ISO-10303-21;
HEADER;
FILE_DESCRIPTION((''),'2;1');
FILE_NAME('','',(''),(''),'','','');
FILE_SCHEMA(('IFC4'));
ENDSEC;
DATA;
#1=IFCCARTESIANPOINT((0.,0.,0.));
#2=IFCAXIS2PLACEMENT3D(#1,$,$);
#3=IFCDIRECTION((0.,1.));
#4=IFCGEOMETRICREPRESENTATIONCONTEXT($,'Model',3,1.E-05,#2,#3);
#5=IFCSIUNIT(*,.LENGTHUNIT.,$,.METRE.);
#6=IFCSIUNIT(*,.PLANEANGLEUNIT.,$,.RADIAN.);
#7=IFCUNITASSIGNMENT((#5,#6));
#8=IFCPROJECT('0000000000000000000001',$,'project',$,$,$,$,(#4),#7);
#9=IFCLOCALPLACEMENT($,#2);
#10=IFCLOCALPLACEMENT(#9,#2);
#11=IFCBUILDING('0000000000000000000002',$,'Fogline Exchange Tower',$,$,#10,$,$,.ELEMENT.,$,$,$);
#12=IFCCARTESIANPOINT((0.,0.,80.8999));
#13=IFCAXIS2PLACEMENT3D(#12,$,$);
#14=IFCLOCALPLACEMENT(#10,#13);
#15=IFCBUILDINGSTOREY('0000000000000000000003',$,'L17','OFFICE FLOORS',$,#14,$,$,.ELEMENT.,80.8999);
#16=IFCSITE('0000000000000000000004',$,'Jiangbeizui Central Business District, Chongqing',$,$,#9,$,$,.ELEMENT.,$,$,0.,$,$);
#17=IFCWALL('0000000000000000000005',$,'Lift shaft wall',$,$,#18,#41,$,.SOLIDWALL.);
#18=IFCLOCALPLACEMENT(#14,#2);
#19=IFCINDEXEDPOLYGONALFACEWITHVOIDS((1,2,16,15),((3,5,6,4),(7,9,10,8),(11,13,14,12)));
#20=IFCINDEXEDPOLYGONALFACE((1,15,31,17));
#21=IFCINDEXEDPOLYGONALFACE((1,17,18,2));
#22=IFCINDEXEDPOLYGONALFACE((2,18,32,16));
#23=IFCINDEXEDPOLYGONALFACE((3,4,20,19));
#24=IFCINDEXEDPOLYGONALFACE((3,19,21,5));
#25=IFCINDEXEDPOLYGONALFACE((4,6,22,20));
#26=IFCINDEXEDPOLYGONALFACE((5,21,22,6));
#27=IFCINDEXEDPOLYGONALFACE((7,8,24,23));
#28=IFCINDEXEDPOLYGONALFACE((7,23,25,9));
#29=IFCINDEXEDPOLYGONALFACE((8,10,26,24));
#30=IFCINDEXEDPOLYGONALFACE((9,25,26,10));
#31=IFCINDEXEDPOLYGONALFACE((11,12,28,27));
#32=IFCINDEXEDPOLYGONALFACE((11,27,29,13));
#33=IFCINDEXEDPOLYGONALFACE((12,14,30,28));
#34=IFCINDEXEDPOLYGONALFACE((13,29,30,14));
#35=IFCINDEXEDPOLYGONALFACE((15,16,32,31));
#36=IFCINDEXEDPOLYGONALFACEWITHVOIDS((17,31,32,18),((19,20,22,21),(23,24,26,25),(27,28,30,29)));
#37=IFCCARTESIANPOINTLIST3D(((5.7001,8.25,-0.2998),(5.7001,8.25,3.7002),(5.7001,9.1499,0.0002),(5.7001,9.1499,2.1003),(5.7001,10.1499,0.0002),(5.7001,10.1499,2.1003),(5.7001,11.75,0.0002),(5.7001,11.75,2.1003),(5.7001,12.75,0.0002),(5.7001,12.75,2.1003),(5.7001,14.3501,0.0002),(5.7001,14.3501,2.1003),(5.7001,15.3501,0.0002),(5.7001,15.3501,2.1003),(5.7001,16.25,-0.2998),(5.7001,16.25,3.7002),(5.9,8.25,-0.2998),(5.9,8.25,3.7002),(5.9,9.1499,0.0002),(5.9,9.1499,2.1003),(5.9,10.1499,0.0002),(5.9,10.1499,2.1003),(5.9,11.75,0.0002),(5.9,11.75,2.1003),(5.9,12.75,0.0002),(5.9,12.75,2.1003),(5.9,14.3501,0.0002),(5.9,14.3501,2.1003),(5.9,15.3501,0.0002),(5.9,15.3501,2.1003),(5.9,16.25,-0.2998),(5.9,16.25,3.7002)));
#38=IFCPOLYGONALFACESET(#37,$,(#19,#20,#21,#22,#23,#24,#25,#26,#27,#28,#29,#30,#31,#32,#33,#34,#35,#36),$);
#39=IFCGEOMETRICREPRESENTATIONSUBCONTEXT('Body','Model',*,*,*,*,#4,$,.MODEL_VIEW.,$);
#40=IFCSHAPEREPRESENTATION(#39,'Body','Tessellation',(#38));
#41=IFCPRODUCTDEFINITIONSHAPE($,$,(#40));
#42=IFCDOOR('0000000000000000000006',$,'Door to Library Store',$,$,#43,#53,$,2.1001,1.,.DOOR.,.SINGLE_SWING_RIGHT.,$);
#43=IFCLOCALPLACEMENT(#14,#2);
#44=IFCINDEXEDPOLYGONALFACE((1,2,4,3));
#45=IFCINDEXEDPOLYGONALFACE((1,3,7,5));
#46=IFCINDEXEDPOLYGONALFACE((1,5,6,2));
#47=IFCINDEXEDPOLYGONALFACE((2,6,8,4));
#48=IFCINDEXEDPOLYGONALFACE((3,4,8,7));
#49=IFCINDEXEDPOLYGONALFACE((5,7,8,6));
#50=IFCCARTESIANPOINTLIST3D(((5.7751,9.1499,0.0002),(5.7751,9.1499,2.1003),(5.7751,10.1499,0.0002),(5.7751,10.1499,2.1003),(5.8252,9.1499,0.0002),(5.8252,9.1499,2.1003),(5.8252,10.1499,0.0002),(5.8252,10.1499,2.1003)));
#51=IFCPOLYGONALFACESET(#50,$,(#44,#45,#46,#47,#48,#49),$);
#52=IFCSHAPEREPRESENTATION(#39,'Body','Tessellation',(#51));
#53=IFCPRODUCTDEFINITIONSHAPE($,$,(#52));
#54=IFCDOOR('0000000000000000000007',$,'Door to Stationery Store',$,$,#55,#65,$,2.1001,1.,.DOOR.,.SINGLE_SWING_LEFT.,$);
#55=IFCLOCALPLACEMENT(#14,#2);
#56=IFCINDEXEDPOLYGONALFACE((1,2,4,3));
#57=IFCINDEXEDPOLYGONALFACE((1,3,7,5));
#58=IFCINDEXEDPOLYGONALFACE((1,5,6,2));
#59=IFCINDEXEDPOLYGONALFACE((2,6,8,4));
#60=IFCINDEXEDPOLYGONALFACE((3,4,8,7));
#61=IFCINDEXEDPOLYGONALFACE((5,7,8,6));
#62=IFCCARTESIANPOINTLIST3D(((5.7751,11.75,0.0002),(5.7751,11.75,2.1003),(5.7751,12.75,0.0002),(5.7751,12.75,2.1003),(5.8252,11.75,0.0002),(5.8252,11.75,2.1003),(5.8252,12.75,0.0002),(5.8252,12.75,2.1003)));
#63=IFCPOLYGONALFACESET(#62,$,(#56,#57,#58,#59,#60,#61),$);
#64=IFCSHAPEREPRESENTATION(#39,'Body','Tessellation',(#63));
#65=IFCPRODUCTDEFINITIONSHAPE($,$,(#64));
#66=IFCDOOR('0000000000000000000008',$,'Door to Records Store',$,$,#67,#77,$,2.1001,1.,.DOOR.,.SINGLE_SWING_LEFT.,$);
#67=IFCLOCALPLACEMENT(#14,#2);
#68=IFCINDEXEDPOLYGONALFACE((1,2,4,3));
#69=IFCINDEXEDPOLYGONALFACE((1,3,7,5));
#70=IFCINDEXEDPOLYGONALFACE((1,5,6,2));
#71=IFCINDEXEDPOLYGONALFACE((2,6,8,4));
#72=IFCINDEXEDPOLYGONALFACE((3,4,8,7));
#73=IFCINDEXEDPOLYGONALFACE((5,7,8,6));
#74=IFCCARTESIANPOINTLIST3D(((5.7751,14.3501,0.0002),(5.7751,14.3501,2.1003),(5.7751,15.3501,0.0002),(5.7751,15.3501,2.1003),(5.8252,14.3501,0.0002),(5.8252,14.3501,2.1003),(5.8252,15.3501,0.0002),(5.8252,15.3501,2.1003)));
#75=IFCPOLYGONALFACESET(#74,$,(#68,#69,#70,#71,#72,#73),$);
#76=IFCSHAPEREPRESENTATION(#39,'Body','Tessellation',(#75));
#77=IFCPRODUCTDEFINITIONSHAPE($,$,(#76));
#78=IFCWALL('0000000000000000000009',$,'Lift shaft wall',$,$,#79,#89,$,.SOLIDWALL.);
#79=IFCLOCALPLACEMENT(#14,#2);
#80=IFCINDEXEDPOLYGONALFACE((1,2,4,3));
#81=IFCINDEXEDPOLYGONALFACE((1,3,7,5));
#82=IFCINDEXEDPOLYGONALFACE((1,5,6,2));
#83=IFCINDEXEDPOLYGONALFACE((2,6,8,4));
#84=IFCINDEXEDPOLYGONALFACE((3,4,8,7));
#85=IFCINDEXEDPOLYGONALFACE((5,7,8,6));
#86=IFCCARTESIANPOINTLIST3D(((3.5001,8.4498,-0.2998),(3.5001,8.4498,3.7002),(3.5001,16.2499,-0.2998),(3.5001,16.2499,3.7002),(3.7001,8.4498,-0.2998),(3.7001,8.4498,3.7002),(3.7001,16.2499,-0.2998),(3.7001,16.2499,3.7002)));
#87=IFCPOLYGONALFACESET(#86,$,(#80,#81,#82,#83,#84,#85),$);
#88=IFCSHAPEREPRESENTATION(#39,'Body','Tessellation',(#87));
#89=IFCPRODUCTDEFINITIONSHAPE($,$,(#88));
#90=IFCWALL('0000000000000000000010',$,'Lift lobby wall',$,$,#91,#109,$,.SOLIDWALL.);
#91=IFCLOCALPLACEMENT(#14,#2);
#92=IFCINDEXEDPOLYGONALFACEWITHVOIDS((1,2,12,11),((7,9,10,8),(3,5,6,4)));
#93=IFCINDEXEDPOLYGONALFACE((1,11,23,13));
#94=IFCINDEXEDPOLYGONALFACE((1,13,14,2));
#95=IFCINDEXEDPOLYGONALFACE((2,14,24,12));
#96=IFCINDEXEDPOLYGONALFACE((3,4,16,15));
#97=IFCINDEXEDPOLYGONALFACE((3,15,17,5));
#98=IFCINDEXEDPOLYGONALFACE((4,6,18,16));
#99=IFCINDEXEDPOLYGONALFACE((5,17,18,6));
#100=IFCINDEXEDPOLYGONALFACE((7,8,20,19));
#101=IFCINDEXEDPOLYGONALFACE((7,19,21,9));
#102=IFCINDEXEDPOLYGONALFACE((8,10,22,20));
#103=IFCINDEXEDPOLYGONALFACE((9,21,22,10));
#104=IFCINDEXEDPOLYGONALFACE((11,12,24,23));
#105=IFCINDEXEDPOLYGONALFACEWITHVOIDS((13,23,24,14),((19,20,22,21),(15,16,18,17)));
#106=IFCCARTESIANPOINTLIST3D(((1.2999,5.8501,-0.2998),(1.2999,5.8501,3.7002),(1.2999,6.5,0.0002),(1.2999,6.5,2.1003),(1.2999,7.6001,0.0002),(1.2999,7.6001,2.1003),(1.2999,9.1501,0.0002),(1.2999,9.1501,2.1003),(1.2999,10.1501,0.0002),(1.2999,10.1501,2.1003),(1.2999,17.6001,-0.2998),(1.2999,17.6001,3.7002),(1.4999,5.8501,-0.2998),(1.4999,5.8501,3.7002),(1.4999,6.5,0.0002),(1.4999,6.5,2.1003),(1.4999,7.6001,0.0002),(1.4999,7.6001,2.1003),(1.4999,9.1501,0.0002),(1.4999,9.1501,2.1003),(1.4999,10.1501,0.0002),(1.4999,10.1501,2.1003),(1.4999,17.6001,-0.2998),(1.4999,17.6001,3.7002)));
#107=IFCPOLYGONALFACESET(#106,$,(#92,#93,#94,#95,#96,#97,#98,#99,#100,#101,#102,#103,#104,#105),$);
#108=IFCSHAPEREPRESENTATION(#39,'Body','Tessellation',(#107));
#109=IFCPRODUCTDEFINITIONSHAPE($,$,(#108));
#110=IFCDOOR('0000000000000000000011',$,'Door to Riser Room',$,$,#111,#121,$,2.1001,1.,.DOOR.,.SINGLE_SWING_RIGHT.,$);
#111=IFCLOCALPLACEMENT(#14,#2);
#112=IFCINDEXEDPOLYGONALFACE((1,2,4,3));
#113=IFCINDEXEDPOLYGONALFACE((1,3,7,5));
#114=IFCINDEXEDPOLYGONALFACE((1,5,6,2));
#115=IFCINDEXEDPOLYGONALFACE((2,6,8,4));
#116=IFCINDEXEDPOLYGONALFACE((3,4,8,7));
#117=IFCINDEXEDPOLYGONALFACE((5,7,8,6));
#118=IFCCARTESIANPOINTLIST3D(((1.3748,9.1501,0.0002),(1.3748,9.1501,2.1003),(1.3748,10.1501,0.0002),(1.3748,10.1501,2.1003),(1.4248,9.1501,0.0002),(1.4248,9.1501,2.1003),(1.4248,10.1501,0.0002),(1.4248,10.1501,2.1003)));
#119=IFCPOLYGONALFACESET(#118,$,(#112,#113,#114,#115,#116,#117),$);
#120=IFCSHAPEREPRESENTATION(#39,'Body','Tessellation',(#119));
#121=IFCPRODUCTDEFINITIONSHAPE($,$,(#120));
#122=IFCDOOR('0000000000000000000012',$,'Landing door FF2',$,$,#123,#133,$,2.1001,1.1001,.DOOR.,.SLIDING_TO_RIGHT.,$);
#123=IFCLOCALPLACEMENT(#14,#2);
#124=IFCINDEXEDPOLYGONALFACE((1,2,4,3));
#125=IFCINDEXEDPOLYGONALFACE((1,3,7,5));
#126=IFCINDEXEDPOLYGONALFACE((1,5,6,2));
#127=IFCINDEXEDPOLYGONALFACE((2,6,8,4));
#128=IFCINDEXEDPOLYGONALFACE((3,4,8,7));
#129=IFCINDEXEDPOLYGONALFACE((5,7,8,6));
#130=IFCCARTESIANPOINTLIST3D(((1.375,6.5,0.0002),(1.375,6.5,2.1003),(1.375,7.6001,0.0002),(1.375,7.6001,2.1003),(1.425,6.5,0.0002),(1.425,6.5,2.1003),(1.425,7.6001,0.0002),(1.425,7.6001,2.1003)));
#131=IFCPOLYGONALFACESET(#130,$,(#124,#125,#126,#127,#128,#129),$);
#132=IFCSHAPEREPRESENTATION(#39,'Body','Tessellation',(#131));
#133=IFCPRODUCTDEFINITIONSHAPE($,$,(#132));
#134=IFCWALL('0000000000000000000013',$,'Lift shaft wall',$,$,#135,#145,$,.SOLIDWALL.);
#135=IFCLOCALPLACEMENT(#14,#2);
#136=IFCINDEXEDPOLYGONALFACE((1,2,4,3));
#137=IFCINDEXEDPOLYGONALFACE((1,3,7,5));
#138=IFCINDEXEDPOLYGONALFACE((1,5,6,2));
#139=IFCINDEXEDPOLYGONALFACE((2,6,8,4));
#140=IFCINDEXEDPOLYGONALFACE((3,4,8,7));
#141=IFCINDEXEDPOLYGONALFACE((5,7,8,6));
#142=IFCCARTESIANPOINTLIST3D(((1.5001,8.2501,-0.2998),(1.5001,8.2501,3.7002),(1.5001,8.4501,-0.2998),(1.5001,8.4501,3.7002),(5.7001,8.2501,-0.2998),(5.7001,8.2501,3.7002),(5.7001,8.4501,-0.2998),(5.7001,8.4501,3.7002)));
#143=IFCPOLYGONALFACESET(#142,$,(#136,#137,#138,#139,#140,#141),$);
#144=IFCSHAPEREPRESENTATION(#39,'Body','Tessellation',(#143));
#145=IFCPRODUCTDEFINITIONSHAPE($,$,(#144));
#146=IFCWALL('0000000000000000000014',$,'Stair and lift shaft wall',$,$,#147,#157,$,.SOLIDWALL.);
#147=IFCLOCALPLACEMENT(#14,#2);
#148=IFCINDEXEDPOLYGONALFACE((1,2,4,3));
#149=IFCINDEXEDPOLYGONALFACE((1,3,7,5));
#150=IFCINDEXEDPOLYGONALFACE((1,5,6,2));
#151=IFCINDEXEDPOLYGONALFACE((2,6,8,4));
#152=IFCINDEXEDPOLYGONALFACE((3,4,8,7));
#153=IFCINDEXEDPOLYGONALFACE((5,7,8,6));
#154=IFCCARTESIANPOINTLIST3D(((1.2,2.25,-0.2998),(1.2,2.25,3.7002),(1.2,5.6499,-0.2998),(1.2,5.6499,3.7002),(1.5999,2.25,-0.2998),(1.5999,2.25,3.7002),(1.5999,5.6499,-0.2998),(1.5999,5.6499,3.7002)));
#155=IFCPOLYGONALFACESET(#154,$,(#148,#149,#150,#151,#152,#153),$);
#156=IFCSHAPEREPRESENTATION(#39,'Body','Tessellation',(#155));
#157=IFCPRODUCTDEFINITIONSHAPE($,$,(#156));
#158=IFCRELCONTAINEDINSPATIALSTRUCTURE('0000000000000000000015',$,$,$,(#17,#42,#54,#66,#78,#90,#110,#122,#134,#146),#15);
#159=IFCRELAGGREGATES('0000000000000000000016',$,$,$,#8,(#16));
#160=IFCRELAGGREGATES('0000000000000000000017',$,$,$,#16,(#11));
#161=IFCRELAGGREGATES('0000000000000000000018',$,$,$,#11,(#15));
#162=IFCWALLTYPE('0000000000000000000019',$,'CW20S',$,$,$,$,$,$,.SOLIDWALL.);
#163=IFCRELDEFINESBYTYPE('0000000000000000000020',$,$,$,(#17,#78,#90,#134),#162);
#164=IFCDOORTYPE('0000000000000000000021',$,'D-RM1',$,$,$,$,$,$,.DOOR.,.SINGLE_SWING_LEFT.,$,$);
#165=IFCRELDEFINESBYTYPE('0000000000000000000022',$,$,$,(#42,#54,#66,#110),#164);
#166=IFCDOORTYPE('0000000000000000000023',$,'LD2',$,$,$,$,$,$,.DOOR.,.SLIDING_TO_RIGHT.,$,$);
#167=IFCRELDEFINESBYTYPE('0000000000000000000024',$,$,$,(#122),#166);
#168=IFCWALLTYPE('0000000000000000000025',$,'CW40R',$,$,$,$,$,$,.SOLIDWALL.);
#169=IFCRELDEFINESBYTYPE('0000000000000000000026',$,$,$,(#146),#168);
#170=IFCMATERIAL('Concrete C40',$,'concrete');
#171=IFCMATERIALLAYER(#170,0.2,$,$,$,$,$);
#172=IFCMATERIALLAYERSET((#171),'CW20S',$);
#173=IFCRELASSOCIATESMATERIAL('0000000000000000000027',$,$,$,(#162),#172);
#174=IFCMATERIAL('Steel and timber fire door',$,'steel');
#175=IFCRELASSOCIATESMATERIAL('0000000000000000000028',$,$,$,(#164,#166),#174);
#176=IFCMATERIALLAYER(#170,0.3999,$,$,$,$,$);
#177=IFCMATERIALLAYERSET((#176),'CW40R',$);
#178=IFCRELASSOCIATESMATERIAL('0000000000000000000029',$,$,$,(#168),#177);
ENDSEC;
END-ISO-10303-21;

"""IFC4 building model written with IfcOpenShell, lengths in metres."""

from ifc_helpers import new_model, si_unit, direction, frame, frame_2d, origin, place, context, subcontext, project, spatial, rectangle, extrude, material, layer, layer_set, type_object, element, fill, save


model = new_model("IFC4")

# Units and contexts
model_context = context("Model", 3, precision=1e-05, world=origin(), true_north=direction((0.0, 1.0)))
body_context = subcontext(model_context, "Body", "Model", "MODEL_VIEW")
ifc_project = project(units=[si_unit("LENGTHUNIT", "METRE"), si_unit("PLANEANGLEUNIT", "RADIAN")], contexts=[model_context])

# Site, building, storey
site_placement = place(None, origin())
site = spatial("IfcSite", under=ifc_project, at=site_placement, Name="Jiangbeizui Central Business District, Chongqing", CompositionType="ELEMENT", RefElevation=0.0)
building_placement = place(site_placement, origin())
building = spatial("IfcBuilding", under=site, at=building_placement, Name="Fogline Exchange Tower", CompositionType="ELEMENT")
storey_placement = place(building_placement, frame((0.0, 0.0, 80.8999)))
storey = spatial("IfcBuildingStorey", under=building, at=storey_placement, Name="L17", Description="OFFICE FLOORS", CompositionType="ELEMENT", Elevation=80.8999)

# Shared definitions
ifc_material_1 = material(Name="Concrete C40", Category="concrete")

# Shared definitions
ifc_material_2 = material(Name="Steel and timber fire door", Category="steel")

# Wall, openings, doors
ifc_layer_1 = layer(ifc_material_1, 0.2)
ifc_layer_set_1 = layer_set([ifc_layer_1], Name="CW20S")
wall_type_1 = type_object("IfcWallType", Name="CW20S", PredefinedType="SOLIDWALL", material=ifc_layer_set_1)
door_type_1 = type_object("IfcDoorType", Name="D-RM1", OperationType="SINGLE_SWING_LEFT", PredefinedType="DOOR", material=ifc_material_2)
wall_1_placement = place(storey_placement, frame((5.8, 8.25, -0.2998), z_axis=(0.0, 0.0, 1.0), x_axis=(0.0, 1.0, 0.0)))
wall_1 = element("IfcWall", 1, at=wall_1_placement, inside=storey, type_object=wall_type_1, Name="Lift shaft wall", PredefinedType="SOLIDWALL", context=body_context, shape_type="SweptSolid", body=[
    extrude(rectangle(XDim=8.0, YDim=0.2, at=frame_2d((4.0, 0.0))), origin(), (0.0, 0.0, 1.0), 4.0),
])
opening_1_placement = place(wall_1_placement, frame((0.8999, 0.0, 0.3)))
opening_1 = element("IfcOpeningElement", 2, at=opening_1_placement, cuts=wall_1, PredefinedType="OPENING", context=body_context, shape_type="SweptSolid", body=[
    extrude(rectangle(XDim=1.0, YDim=2.1001, at=frame_2d((0.5, 1.05))), frame((0.0, 0.1099, 0.0), z_axis=(0.0, -1.0, 0.0), x_axis=(1.0, 0.0, 0.0)), (0.0, 0.0, 1.0), 0.22),
])
opening_2_placement = place(wall_1_placement, frame((3.5, 0.0, 0.3)))
opening_2 = element("IfcOpeningElement", 3, at=opening_2_placement, cuts=wall_1, PredefinedType="OPENING", context=body_context, shape_type="SweptSolid", body=[
    extrude(rectangle(XDim=1.0, YDim=2.1001, at=frame_2d((0.5, 1.05))), frame((0.0, 0.1099, 0.0), z_axis=(0.0, -1.0, 0.0), x_axis=(1.0, 0.0, 0.0)), (0.0, 0.0, 1.0), 0.22),
])
opening_3_placement = place(wall_1_placement, frame((6.1001, 0.0, 0.3)))
opening_3 = element("IfcOpeningElement", 4, at=opening_3_placement, cuts=wall_1, PredefinedType="OPENING", context=body_context, shape_type="SweptSolid", body=[
    extrude(rectangle(XDim=1.0, YDim=2.1001, at=frame_2d((0.5, 1.05))), frame((0.0, 0.1099, 0.0), z_axis=(0.0, -1.0, 0.0), x_axis=(1.0, 0.0, 0.0)), (0.0, 0.0, 1.0), 0.22),
])
door_1_placement = place(opening_1_placement, origin())
door_1 = element("IfcDoor", 5, at=door_1_placement, inside=storey, type_object=door_type_1, Name="Door to Library Store", OperationType="SINGLE_SWING_RIGHT", OverallHeight=2.1001, OverallWidth=1.0, PredefinedType="DOOR", context=body_context, shape_type="SweptSolid", body=[
    extrude(rectangle(XDim=1.0, YDim=2.1001, at=frame_2d((0.5, 1.05))), frame((0.0, 0.0249, 0.0), z_axis=(0.0, -1.0, 0.0), x_axis=(1.0, 0.0, 0.0)), (0.0, 0.0, 1.0), 0.05),
])
fill(opening_1, door_1)
door_2_placement = place(opening_2_placement, origin())
door_2 = element("IfcDoor", 6, at=door_2_placement, inside=storey, type_object=door_type_1, Name="Door to Stationery Store", OperationType="SINGLE_SWING_LEFT", OverallHeight=2.1001, OverallWidth=1.0, PredefinedType="DOOR", context=body_context, shape_type="SweptSolid", body=[
    extrude(rectangle(XDim=1.0, YDim=2.1001, at=frame_2d((0.5, 1.05))), frame((0.0, 0.0249, 0.0), z_axis=(0.0, -1.0, 0.0), x_axis=(1.0, 0.0, 0.0)), (0.0, 0.0, 1.0), 0.05),
])
fill(opening_2, door_2)
door_3_placement = place(opening_3_placement, origin())
door_3 = element("IfcDoor", 7, at=door_3_placement, inside=storey, type_object=door_type_1, Name="Door to Records Store", OperationType="SINGLE_SWING_LEFT", OverallHeight=2.1001, OverallWidth=1.0, PredefinedType="DOOR", context=body_context, shape_type="SweptSolid", body=[
    extrude(rectangle(XDim=1.0, YDim=2.1001, at=frame_2d((0.5, 1.05))), frame((0.0, 0.0249, 0.0), z_axis=(0.0, -1.0, 0.0), x_axis=(1.0, 0.0, 0.0)), (0.0, 0.0, 1.0), 0.05),
])
fill(opening_3, door_3)

# Wall
wall_2_placement = place(storey_placement, frame((3.6001, 8.45, -0.2998), z_axis=(0.0, 0.0, 1.0), x_axis=(0.0, 1.0, 0.0)))
element("IfcWall", 8, at=wall_2_placement, inside=storey, type_object=wall_type_1, Name="Lift shaft wall", PredefinedType="SOLIDWALL", context=body_context, shape_type="SweptSolid", body=[
    extrude(rectangle(XDim=7.8, YDim=0.2, at=frame_2d((3.8999, 0.0))), origin(), (0.0, 0.0, 1.0), 4.0),
])

# Wall, openings, doors
wall_3_placement = place(storey_placement, frame((1.3999, 5.8501, -0.2998), z_axis=(0.0, 0.0, 1.0), x_axis=(0.0, 1.0, 0.0)))
wall_3 = element("IfcWall", 9, at=wall_3_placement, inside=storey, type_object=wall_type_1, Name="Lift lobby wall", PredefinedType="SOLIDWALL", context=body_context, shape_type="SweptSolid", body=[
    extrude(rectangle(XDim=11.75, YDim=0.2, at=frame_2d((5.875, 0.0))), origin(), (0.0, 0.0, 1.0), 4.0),
])
opening_4_placement = place(wall_3_placement, frame((0.6499, 0.0, 0.3)))
opening_4 = element("IfcOpeningElement", 10, at=opening_4_placement, cuts=wall_3, PredefinedType="OPENING", context=body_context, shape_type="SweptSolid", body=[
    extrude(rectangle(XDim=1.1001, YDim=2.1001, at=frame_2d((0.55, 1.05))), frame((0.0, 0.1099, 0.0), z_axis=(0.0, -1.0, 0.0), x_axis=(1.0, 0.0, 0.0)), (0.0, 0.0, 1.0), 0.22),
])
opening_5_placement = place(wall_3_placement, frame((3.3, 0.0, 0.3)))
opening_5 = element("IfcOpeningElement", 11, at=opening_5_placement, cuts=wall_3, PredefinedType="OPENING", context=body_context, shape_type="SweptSolid", body=[
    extrude(rectangle(XDim=1.0, YDim=2.1001, at=frame_2d((0.5, 1.05))), frame((0.0, 0.1099, 0.0), z_axis=(0.0, -1.0, 0.0), x_axis=(1.0, 0.0, 0.0)), (0.0, 0.0, 1.0), 0.22),
])
door_4_placement = place(opening_5_placement, frame((1.0, 0.0, 0.0), z_axis=(0.0, 0.0, 1.0), x_axis=(-1.0, 0.0, 0.0)))
door_4 = element("IfcDoor", 12, at=door_4_placement, inside=storey, type_object=door_type_1, Name="Door to Riser Room", OperationType="SINGLE_SWING_RIGHT", OverallHeight=2.1001, OverallWidth=1.0, PredefinedType="DOOR", context=body_context, shape_type="SweptSolid", body=[
    extrude(rectangle(XDim=1.0, YDim=2.1001, at=frame_2d((0.5, 1.05))), frame((0.0, 0.0249, 0.0), z_axis=(0.0, -1.0, 0.0), x_axis=(1.0, 0.0, 0.0)), (0.0, 0.0, 1.0), 0.05),
])
fill(opening_5, door_4)
door_type_2 = type_object("IfcDoorType", Name="LD2", OperationType="SLIDING_TO_RIGHT", PredefinedType="DOOR", material=ifc_material_2)
door_5_placement = place(opening_4_placement, origin())
door_5 = element("IfcDoor", 13, at=door_5_placement, inside=storey, type_object=door_type_2, Name="Landing door FF2", OperationType="SLIDING_TO_RIGHT", OverallHeight=2.1001, OverallWidth=1.1001, PredefinedType="DOOR", context=body_context, shape_type="SweptSolid", body=[
    extrude(rectangle(XDim=1.1001, YDim=2.1001, at=frame_2d((0.55, 1.05))), frame((0.0, 0.0249, 0.0), z_axis=(0.0, -1.0, 0.0), x_axis=(1.0, 0.0, 0.0)), (0.0, 0.0, 1.0), 0.05),
])
fill(opening_4, door_5)

# Walls
wall_4_placement = place(storey_placement, frame((1.5, 8.3501, -0.2998), z_axis=(0.0, 0.0, 1.0), x_axis=(1.0, 0.0, 0.0)))
element("IfcWall", 14, at=wall_4_placement, inside=storey, type_object=wall_type_1, Name="Lift shaft wall", PredefinedType="SOLIDWALL", context=body_context, shape_type="SweptSolid", body=[
    extrude(rectangle(XDim=4.2, YDim=0.2, at=frame_2d((2.1001, 0.0))), origin(), (0.0, 0.0, 1.0), 4.0),
])
ifc_layer_2 = layer(ifc_material_1, 0.3999)
ifc_layer_set_2 = layer_set([ifc_layer_2], Name="CW40R")
wall_type_2 = type_object("IfcWallType", Name="CW40R", PredefinedType="SOLIDWALL", material=ifc_layer_set_2)
wall_5_placement = place(storey_placement, frame((1.3999, 2.25, -0.2998), z_axis=(0.0, 0.0, 1.0), x_axis=(0.0, 1.0, 0.0)))
element("IfcWall", 15, at=wall_5_placement, inside=storey, type_object=wall_type_2, Name="Stair and lift shaft wall", PredefinedType="SOLIDWALL", context=body_context, shape_type="SweptSolid", body=[
    extrude(rectangle(XDim=3.3999, YDim=0.3999, at=frame_2d((1.7, 0.0))), origin(), (0.0, 0.0, 1.0), 4.0),
])

save(model, "model.ifc")
